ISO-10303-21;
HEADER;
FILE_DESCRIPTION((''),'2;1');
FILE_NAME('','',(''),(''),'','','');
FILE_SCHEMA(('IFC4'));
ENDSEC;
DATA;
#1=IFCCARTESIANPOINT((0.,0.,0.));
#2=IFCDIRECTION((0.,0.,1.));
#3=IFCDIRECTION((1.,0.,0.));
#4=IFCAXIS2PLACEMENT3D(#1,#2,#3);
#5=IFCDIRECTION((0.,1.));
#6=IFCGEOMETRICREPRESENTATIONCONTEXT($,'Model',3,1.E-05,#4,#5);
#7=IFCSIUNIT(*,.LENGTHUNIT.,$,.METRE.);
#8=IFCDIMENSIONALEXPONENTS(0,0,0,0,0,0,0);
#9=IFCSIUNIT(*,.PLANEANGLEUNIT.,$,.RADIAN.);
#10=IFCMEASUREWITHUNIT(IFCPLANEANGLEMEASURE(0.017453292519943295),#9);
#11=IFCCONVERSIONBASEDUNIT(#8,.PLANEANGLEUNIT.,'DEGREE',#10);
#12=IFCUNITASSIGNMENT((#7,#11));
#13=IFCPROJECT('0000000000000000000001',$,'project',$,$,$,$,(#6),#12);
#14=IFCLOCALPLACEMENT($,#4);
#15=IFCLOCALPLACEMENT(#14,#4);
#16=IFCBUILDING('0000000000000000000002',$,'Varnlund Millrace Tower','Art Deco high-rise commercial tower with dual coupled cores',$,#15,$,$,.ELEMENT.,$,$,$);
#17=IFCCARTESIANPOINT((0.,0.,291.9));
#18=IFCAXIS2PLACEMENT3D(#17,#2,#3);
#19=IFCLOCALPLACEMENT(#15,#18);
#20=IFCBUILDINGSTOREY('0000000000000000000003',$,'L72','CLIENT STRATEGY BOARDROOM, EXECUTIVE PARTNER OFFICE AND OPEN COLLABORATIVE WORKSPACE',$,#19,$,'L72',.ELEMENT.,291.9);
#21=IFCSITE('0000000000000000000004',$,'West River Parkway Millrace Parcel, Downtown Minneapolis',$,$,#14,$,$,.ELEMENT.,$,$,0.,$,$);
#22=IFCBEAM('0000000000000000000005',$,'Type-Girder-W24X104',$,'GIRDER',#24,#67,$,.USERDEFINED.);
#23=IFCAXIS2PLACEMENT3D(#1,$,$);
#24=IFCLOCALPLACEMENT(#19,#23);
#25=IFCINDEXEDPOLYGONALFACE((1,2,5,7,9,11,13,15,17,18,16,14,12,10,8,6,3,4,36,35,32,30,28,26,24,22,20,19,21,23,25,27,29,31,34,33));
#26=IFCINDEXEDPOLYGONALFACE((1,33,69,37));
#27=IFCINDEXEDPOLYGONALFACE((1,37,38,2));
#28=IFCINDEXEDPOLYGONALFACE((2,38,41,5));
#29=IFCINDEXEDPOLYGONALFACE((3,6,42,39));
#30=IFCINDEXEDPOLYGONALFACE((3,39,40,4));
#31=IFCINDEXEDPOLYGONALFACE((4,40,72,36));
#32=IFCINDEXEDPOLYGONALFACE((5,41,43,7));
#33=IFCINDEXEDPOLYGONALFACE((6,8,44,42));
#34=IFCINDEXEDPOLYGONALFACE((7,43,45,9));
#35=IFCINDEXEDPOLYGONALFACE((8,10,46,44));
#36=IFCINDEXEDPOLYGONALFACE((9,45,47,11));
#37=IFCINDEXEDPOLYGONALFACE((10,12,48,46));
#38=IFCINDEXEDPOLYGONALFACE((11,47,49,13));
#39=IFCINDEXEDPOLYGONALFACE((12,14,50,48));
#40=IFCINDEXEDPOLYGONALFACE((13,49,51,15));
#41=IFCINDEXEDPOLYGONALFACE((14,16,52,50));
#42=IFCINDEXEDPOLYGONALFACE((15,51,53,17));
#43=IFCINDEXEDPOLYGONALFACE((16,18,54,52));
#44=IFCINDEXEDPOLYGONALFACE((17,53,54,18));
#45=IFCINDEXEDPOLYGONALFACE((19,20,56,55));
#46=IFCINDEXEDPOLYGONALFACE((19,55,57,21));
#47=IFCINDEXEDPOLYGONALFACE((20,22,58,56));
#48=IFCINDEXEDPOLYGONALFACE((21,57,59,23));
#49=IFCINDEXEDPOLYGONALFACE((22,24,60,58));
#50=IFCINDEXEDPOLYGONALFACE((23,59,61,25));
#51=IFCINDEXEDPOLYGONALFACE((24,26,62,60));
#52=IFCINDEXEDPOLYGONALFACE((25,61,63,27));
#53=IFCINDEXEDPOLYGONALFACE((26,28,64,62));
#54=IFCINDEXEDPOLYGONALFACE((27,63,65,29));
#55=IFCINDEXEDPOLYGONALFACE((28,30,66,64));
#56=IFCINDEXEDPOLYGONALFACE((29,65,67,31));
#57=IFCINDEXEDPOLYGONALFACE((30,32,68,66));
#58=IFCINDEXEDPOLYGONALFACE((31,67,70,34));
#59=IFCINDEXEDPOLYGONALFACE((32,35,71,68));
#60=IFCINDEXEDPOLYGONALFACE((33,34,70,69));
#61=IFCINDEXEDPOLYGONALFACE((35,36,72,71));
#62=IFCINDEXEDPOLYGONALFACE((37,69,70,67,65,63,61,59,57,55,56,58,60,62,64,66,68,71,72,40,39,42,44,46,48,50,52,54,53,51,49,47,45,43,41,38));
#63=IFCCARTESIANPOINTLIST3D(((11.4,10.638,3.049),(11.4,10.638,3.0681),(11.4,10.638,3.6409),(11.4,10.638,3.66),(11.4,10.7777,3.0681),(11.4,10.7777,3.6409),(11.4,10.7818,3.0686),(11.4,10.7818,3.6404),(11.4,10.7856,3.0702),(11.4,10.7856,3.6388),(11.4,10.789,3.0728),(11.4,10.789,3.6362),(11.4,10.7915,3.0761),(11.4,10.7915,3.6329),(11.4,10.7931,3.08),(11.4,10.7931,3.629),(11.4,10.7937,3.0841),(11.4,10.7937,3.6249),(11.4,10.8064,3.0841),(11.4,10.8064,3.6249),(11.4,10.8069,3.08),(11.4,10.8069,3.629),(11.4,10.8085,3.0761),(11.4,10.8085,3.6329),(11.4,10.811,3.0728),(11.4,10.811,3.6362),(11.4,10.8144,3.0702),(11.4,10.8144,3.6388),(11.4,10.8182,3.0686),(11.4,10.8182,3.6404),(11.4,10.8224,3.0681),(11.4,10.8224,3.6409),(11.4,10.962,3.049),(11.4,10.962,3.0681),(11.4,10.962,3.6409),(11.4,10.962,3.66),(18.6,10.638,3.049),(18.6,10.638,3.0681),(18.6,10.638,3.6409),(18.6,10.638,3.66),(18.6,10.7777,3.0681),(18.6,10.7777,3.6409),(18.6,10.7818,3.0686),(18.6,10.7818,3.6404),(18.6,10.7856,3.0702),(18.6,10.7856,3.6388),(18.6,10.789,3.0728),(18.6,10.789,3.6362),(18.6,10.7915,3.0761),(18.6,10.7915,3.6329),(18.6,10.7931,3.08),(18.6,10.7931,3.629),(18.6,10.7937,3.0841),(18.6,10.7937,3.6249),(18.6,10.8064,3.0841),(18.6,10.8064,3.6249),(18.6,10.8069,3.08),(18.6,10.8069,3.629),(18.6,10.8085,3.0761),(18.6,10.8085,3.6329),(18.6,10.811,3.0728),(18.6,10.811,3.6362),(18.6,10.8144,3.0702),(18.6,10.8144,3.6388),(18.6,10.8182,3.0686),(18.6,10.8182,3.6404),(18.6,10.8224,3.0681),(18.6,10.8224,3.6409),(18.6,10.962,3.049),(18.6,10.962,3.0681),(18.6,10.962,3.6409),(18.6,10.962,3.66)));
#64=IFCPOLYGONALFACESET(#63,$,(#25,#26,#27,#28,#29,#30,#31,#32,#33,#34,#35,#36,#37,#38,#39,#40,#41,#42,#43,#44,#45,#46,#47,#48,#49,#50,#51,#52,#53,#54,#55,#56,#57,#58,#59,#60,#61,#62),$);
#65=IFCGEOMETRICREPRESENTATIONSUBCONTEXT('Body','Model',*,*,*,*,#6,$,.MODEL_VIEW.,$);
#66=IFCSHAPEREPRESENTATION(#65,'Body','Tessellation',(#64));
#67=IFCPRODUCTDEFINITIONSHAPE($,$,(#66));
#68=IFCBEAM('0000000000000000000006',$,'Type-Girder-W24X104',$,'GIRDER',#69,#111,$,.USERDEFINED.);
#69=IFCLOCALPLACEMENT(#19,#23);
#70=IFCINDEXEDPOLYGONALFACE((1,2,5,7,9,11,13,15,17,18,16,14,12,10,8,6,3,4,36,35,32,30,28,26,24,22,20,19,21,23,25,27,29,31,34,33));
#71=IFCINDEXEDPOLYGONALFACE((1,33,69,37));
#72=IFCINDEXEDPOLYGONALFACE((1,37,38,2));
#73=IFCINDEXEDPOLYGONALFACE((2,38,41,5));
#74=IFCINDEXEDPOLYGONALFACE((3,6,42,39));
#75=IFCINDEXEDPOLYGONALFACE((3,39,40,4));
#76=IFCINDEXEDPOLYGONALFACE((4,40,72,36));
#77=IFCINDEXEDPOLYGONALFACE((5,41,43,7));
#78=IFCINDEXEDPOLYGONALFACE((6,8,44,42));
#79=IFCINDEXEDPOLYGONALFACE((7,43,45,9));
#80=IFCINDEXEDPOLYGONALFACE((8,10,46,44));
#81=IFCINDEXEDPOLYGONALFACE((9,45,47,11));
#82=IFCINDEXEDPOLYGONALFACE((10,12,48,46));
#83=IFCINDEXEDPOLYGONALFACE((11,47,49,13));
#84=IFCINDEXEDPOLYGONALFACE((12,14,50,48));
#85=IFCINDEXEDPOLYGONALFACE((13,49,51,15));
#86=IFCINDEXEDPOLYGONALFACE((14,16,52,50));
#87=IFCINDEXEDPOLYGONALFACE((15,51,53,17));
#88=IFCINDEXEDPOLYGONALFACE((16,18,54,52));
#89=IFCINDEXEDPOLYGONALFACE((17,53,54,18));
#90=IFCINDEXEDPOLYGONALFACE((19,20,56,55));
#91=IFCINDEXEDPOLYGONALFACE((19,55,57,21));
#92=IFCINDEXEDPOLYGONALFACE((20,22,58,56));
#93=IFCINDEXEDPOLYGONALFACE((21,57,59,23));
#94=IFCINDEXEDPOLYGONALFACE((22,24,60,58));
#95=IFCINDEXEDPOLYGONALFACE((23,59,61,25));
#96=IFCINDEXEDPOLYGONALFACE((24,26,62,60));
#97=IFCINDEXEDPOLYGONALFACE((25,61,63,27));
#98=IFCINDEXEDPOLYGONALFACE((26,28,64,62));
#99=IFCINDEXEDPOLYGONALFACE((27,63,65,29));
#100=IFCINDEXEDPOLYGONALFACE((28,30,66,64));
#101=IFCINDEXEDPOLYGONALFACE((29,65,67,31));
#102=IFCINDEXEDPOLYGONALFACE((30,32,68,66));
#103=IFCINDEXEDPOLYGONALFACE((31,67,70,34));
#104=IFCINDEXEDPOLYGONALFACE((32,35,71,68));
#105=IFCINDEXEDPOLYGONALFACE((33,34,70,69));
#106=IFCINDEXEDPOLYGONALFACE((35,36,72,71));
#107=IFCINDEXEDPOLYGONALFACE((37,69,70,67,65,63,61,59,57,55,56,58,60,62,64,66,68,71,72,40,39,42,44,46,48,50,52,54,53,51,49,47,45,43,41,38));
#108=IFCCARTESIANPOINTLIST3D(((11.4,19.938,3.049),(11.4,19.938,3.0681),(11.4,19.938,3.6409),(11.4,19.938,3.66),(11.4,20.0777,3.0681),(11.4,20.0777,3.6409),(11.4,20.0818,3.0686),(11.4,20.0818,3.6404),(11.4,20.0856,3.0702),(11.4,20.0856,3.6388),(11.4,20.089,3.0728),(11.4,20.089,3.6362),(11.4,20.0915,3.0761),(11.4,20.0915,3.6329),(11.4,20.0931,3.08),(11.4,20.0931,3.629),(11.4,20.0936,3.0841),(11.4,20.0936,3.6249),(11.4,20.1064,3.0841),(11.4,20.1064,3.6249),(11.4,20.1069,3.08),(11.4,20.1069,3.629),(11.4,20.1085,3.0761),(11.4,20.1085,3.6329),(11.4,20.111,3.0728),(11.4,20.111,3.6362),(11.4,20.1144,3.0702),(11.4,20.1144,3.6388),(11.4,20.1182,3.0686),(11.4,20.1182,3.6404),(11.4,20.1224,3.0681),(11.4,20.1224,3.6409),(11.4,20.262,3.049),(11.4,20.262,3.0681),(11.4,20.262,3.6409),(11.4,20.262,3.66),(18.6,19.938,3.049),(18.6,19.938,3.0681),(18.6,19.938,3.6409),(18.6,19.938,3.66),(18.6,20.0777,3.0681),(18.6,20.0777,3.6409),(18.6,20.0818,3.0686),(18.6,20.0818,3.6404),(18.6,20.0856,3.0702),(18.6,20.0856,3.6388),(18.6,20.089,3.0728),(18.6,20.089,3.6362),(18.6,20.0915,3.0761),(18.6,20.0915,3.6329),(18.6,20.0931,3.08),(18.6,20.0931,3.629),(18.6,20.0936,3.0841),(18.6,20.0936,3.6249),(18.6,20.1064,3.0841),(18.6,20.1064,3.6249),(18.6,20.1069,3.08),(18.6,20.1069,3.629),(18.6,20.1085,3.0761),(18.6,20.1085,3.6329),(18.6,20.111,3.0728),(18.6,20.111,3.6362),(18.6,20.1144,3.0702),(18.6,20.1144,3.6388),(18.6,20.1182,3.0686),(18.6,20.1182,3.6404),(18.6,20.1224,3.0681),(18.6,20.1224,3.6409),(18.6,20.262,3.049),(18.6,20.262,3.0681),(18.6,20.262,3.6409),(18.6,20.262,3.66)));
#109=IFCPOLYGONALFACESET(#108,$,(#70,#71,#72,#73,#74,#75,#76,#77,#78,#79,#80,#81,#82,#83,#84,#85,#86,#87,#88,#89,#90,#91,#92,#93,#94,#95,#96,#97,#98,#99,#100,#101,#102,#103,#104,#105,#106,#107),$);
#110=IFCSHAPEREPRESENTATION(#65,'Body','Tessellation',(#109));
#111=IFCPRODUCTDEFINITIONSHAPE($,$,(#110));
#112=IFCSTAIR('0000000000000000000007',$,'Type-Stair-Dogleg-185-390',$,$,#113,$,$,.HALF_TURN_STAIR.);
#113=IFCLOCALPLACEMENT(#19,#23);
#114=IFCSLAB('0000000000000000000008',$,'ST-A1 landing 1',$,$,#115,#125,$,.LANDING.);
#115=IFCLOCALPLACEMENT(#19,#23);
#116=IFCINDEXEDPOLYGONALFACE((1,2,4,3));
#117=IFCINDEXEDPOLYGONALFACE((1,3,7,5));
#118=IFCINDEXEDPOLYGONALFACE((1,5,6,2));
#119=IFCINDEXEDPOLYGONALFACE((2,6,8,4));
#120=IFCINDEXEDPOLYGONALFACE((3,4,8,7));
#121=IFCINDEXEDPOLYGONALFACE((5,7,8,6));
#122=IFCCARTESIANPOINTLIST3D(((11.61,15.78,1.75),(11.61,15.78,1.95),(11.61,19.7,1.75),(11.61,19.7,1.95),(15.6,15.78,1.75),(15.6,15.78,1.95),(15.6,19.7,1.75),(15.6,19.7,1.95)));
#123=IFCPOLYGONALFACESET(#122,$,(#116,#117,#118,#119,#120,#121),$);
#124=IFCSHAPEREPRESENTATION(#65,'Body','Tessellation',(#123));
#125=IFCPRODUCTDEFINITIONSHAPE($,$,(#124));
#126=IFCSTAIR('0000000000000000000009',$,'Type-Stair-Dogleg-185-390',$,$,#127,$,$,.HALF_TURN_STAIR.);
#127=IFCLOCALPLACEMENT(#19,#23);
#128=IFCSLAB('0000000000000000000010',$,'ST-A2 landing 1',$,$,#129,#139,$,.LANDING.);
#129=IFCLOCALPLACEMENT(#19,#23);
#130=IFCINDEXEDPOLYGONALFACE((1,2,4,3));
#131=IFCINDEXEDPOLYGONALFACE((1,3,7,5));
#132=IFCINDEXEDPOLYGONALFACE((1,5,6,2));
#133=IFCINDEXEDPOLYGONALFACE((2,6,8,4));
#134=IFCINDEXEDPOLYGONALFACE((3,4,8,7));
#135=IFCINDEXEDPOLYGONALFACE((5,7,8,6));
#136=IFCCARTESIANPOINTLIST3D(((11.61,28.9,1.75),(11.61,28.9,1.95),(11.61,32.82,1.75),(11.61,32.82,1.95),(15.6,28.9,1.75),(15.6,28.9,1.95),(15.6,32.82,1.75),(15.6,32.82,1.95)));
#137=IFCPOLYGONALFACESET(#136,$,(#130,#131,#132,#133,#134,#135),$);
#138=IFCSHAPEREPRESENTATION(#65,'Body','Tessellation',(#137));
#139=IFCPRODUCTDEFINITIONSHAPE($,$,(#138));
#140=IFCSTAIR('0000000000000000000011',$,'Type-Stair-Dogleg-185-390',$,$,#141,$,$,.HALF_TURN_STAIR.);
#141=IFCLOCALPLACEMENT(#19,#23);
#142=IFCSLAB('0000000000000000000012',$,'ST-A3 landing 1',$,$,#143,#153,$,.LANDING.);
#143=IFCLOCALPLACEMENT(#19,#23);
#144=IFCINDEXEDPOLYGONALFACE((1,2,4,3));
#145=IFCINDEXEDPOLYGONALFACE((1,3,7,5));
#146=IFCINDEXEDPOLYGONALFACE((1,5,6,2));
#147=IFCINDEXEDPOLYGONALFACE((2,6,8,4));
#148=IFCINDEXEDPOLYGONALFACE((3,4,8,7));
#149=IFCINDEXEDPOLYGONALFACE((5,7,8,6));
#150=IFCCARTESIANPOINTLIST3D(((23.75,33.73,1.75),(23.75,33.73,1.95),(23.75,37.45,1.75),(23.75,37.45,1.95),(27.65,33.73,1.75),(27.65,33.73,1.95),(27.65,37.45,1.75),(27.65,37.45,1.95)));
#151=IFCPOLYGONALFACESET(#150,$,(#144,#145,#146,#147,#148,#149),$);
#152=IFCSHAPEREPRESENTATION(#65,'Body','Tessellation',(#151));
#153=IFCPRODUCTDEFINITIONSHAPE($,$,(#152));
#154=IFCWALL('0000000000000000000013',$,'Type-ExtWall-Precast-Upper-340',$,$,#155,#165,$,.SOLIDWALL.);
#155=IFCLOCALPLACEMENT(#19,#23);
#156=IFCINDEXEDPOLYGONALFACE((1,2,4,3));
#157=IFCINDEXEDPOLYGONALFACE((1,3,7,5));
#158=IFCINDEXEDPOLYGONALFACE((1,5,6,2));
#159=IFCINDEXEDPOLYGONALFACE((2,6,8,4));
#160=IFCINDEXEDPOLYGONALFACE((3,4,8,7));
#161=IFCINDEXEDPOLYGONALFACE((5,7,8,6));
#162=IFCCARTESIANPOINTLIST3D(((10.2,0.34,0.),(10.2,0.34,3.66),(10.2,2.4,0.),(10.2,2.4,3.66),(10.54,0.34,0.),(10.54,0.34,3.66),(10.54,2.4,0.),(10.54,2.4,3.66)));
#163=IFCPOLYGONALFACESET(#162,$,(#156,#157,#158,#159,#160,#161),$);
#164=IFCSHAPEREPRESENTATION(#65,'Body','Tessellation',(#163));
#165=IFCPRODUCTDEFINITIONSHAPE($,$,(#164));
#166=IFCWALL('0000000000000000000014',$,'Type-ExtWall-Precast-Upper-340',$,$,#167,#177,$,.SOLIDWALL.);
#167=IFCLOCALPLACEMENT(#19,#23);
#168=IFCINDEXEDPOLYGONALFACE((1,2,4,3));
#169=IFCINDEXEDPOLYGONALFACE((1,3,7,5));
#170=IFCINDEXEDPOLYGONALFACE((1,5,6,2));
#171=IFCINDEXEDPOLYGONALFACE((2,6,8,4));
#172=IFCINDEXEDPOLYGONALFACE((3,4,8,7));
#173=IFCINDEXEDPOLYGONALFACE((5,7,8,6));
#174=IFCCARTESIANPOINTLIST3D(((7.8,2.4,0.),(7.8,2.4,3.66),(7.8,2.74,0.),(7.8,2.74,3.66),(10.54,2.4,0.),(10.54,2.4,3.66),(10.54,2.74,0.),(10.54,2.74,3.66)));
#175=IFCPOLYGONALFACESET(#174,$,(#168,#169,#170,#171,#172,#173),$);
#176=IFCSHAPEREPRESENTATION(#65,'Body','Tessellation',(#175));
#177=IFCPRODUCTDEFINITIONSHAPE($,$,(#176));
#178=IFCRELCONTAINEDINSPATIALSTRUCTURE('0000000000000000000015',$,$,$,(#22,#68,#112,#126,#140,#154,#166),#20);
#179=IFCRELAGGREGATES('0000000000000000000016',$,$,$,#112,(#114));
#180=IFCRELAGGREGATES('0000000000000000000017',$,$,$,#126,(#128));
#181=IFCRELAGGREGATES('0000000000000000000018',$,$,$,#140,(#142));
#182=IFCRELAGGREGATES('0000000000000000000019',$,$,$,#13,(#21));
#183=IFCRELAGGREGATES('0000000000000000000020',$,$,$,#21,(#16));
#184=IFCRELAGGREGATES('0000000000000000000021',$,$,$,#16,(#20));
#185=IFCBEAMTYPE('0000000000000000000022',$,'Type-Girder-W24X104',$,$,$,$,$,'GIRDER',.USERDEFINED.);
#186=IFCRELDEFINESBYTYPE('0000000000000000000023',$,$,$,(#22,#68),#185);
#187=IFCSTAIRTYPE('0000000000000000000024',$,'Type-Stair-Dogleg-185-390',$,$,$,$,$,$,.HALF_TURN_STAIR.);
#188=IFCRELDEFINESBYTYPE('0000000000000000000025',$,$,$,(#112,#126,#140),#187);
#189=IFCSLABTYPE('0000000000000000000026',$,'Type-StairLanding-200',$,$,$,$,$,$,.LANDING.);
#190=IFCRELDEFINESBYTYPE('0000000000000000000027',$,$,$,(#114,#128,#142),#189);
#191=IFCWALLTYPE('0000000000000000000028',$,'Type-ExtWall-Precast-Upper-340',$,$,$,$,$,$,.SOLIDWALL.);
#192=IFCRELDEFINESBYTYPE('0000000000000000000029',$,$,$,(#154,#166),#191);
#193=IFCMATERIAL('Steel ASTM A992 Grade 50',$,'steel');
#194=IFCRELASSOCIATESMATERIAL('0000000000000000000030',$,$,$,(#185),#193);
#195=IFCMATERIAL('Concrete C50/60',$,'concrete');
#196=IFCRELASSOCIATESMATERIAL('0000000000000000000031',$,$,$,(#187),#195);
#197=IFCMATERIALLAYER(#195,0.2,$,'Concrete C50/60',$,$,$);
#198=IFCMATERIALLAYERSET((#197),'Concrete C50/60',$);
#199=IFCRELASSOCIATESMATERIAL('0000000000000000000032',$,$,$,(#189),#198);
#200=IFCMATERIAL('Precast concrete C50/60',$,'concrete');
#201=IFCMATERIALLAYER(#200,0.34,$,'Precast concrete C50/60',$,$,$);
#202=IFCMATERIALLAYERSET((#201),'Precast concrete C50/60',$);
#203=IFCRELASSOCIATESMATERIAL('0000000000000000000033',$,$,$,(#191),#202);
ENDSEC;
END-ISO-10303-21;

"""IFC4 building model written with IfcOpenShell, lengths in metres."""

from ifc_helpers import new_model, entity, si_unit, converted_unit, direction, frame, origin_with_axes, origin_2d_with_axis, place, context, subcontext, project, spatial, polyline, i_section, outline, extrude, material, layer, layer_set, material_profile, profile_set, type_object, element, aggregate, save


model = new_model("IFC4")

# Units and contexts
model_context = context("Model", 3, precision=1e-05, world=origin_with_axes(), true_north=direction((0.0, 1.0)))
body_context = subcontext(model_context, "Body", "Model", "MODEL_VIEW")
ifc_project = project(units=[si_unit("LENGTHUNIT", "METRE"), converted_unit("PLANEANGLEUNIT", "DEGREE", entity("IfcPlaneAngleMeasure", 0.017453292519943295), si_unit("PLANEANGLEUNIT", "RADIAN"), dimensions=[0, 0, 0, 0, 0, 0, 0])], contexts=[model_context])

# Site, building, storey
site_placement = place(None, origin_with_axes())
site = spatial("IfcSite", under=ifc_project, at=site_placement, Name="West River Parkway Millrace Parcel, Downtown Minneapolis", CompositionType="ELEMENT", RefElevation=0.0)
building_placement = place(site_placement, origin_with_axes())
building = spatial("IfcBuilding", under=site, at=building_placement, Name="Varnlund Millrace Tower", Description="Art Deco high-rise commercial tower with dual coupled cores", CompositionType="ELEMENT")
storey_placement = place(building_placement, frame((0.0, 0.0, 291.9), z_axis=(0.0, 0.0, 1.0), x_axis=(1.0, 0.0, 0.0)))
storey = spatial("IfcBuildingStorey", under=building, at=storey_placement, Name="L72", Description="CLIENT STRATEGY BOARDROOM, EXECUTIVE PARTNER OFFICE AND OPEN COLLABORATIVE WORKSPACE", LongName="L72", CompositionType="ELEMENT", Elevation=291.9)

# Beams
ifc_material_1 = material(Name="Steel ASTM A992 Grade 50", Category="steel")
ifc_material_profile_1 = material_profile(ifc_material_1, i_section(OverallWidth=0.324, OverallDepth=0.611, WebThickness=0.0127, FlangeThickness=0.0191, FilletRadius=0.016, at=origin_2d_with_axis()), Name="Steel ASTM A992 Grade 50")
ifc_profile_set_1 = profile_set([ifc_material_profile_1], Name="Steel ASTM A992 Grade 50")
beam_type_1 = type_object("IfcBeamType", Name="Type-Girder-W24X104", ElementType="GIRDER", PredefinedType="USERDEFINED", material=ifc_profile_set_1)
for number, where, z_axis, x_axis, name in (
    (1, (11.4, 10.8, 3.3545), (1.0, 0.0, 0.0), (0.0, 1.0, 0.0), "Type-Girder-W24X104"),
    (2, (11.4, 20.1, 3.3545), (1.0, 0.0, 0.0), (0.0, 1.0, 0.0), "Type-Girder-W24X104"),
):
    element("IfcBeam", number, at=place(storey_placement, frame(where, z_axis=z_axis, x_axis=x_axis)), inside=storey, type_object=beam_type_1, Name=name, ObjectType="GIRDER", PredefinedType="USERDEFINED", context=body_context, shape_type="SweptSolid", body=[
        extrude(i_section(OverallWidth=0.324, OverallDepth=0.611, WebThickness=0.0127, FlangeThickness=0.0191, FilletRadius=0.016, at=origin_2d_with_axis()), origin_with_axes(), (0.0, 0.0, 1.0), 7.2),
    ])

# Stairs, slabs
ifc_material_2 = material(Name="Concrete C50/60", Category="concrete")
stair_type = type_object("IfcStairType", Name="Type-Stair-Dogleg-185-390", PredefinedType="HALF_TURN_STAIR", material=ifc_material_2)
stair_1_placement = place(storey_placement, origin_with_axes())
stair_1 = element("IfcStair", 3, at=stair_1_placement, inside=storey, type_object=stair_type, Name="Type-Stair-Dogleg-185-390", PredefinedType="HALF_TURN_STAIR")
ifc_layer_1 = layer(ifc_material_2, 0.2, Name="Concrete C50/60")
ifc_layer_set_1 = layer_set([ifc_layer_1], Name="Concrete C50/60")
slab_type = type_object("IfcSlabType", Name="Type-StairLanding-200", PredefinedType="LANDING", material=ifc_layer_set_1)
slab_1_placement = place(storey_placement, frame((0.0, 0.0, 1.75), z_axis=(0.0, 0.0, 1.0), x_axis=(1.0, 0.0, 0.0)))
slab_1 = element("IfcSlab", 4, at=slab_1_placement, type_object=slab_type, Name="ST-A1 landing 1", PredefinedType="LANDING", context=body_context, shape_type="SweptSolid", body=[
    extrude(outline(polyline([(15.6, 15.78), (15.6, 19.7), (11.61, 19.7), (11.61, 15.78), (15.6, 15.78)])), origin_with_axes(), (0.0, 0.0, 1.0), 0.2),
])
aggregate(stair_1, [slab_1])
stair_2_placement = place(storey_placement, origin_with_axes())
stair_2 = element("IfcStair", 5, at=stair_2_placement, inside=storey, type_object=stair_type, Name="Type-Stair-Dogleg-185-390", PredefinedType="HALF_TURN_STAIR")
slab_2_placement = place(storey_placement, frame((0.0, 0.0, 1.75), z_axis=(0.0, 0.0, 1.0), x_axis=(1.0, 0.0, 0.0)))
slab_2 = element("IfcSlab", 6, at=slab_2_placement, type_object=slab_type, Name="ST-A2 landing 1", PredefinedType="LANDING", context=body_context, shape_type="SweptSolid", body=[
    extrude(outline(polyline([(11.61, 32.82), (11.61, 28.9), (15.6, 28.9), (15.6, 32.82), (11.61, 32.82)])), origin_with_axes(), (0.0, 0.0, 1.0), 0.2),
])
aggregate(stair_2, [slab_2])
stair_3_placement = place(storey_placement, origin_with_axes())
stair_3 = element("IfcStair", 7, at=stair_3_placement, inside=storey, type_object=stair_type, Name="Type-Stair-Dogleg-185-390", PredefinedType="HALF_TURN_STAIR")
slab_3_placement = place(storey_placement, frame((0.0, 0.0, 1.75), z_axis=(0.0, 0.0, 1.0), x_axis=(1.0, 0.0, 0.0)))
slab_3 = element("IfcSlab", 8, at=slab_3_placement, type_object=slab_type, Name="ST-A3 landing 1", PredefinedType="LANDING", context=body_context, shape_type="SweptSolid", body=[
    extrude(outline(polyline([(27.65, 33.73), (27.65, 37.45), (23.75, 37.45), (23.75, 33.73), (27.65, 33.73)])), origin_with_axes(), (0.0, 0.0, 1.0), 0.2),
])
aggregate(stair_3, [slab_3])

# Walls
ifc_material_3 = material(Name="Precast concrete C50/60", Category="concrete")
ifc_layer_2 = layer(ifc_material_3, 0.34, Name="Precast concrete C50/60")
ifc_layer_set_2 = layer_set([ifc_layer_2], Name="Precast concrete C50/60")
wall_type_1 = type_object("IfcWallType", Name="Type-ExtWall-Precast-Upper-340", PredefinedType="SOLIDWALL", material=ifc_layer_set_2)
wall_1_placement = place(storey_placement, frame((10.37, 0.34, 0.0), z_axis=(0.0, 0.0, 1.0), x_axis=(0.0, 1.0, 0.0)))
element("IfcWall", 9, at=wall_1_placement, inside=storey, type_object=wall_type_1, Name="Type-ExtWall-Precast-Upper-340", PredefinedType="SOLIDWALL", context=body_context, shape_type="SweptSolid", body=[
    extrude(outline(polyline([(0.0, -0.17), (2.06, -0.17), (2.06, 0.17), (0.0, 0.17), (0.0, -0.17)])), origin_with_axes(), (0.0, 0.0, 1.0), 3.66),
])
wall_2_placement = place(storey_placement, frame((10.54, 2.57, 0.0), z_axis=(0.0, 0.0, 1.0), x_axis=(-1.0, 0.0, 0.0)))
element("IfcWall", 10, at=wall_2_placement, inside=storey, type_object=wall_type_1, Name="Type-ExtWall-Precast-Upper-340", PredefinedType="SOLIDWALL", context=body_context, shape_type="SweptSolid", body=[
    extrude(outline(polyline([(0.0, -0.17), (2.74, -0.17), (2.74, 0.17), (0.0, 0.17), (0.0, -0.17)])), origin_with_axes(), (0.0, 0.0, 1.0), 3.66),
])

save(model, "model.ifc")
